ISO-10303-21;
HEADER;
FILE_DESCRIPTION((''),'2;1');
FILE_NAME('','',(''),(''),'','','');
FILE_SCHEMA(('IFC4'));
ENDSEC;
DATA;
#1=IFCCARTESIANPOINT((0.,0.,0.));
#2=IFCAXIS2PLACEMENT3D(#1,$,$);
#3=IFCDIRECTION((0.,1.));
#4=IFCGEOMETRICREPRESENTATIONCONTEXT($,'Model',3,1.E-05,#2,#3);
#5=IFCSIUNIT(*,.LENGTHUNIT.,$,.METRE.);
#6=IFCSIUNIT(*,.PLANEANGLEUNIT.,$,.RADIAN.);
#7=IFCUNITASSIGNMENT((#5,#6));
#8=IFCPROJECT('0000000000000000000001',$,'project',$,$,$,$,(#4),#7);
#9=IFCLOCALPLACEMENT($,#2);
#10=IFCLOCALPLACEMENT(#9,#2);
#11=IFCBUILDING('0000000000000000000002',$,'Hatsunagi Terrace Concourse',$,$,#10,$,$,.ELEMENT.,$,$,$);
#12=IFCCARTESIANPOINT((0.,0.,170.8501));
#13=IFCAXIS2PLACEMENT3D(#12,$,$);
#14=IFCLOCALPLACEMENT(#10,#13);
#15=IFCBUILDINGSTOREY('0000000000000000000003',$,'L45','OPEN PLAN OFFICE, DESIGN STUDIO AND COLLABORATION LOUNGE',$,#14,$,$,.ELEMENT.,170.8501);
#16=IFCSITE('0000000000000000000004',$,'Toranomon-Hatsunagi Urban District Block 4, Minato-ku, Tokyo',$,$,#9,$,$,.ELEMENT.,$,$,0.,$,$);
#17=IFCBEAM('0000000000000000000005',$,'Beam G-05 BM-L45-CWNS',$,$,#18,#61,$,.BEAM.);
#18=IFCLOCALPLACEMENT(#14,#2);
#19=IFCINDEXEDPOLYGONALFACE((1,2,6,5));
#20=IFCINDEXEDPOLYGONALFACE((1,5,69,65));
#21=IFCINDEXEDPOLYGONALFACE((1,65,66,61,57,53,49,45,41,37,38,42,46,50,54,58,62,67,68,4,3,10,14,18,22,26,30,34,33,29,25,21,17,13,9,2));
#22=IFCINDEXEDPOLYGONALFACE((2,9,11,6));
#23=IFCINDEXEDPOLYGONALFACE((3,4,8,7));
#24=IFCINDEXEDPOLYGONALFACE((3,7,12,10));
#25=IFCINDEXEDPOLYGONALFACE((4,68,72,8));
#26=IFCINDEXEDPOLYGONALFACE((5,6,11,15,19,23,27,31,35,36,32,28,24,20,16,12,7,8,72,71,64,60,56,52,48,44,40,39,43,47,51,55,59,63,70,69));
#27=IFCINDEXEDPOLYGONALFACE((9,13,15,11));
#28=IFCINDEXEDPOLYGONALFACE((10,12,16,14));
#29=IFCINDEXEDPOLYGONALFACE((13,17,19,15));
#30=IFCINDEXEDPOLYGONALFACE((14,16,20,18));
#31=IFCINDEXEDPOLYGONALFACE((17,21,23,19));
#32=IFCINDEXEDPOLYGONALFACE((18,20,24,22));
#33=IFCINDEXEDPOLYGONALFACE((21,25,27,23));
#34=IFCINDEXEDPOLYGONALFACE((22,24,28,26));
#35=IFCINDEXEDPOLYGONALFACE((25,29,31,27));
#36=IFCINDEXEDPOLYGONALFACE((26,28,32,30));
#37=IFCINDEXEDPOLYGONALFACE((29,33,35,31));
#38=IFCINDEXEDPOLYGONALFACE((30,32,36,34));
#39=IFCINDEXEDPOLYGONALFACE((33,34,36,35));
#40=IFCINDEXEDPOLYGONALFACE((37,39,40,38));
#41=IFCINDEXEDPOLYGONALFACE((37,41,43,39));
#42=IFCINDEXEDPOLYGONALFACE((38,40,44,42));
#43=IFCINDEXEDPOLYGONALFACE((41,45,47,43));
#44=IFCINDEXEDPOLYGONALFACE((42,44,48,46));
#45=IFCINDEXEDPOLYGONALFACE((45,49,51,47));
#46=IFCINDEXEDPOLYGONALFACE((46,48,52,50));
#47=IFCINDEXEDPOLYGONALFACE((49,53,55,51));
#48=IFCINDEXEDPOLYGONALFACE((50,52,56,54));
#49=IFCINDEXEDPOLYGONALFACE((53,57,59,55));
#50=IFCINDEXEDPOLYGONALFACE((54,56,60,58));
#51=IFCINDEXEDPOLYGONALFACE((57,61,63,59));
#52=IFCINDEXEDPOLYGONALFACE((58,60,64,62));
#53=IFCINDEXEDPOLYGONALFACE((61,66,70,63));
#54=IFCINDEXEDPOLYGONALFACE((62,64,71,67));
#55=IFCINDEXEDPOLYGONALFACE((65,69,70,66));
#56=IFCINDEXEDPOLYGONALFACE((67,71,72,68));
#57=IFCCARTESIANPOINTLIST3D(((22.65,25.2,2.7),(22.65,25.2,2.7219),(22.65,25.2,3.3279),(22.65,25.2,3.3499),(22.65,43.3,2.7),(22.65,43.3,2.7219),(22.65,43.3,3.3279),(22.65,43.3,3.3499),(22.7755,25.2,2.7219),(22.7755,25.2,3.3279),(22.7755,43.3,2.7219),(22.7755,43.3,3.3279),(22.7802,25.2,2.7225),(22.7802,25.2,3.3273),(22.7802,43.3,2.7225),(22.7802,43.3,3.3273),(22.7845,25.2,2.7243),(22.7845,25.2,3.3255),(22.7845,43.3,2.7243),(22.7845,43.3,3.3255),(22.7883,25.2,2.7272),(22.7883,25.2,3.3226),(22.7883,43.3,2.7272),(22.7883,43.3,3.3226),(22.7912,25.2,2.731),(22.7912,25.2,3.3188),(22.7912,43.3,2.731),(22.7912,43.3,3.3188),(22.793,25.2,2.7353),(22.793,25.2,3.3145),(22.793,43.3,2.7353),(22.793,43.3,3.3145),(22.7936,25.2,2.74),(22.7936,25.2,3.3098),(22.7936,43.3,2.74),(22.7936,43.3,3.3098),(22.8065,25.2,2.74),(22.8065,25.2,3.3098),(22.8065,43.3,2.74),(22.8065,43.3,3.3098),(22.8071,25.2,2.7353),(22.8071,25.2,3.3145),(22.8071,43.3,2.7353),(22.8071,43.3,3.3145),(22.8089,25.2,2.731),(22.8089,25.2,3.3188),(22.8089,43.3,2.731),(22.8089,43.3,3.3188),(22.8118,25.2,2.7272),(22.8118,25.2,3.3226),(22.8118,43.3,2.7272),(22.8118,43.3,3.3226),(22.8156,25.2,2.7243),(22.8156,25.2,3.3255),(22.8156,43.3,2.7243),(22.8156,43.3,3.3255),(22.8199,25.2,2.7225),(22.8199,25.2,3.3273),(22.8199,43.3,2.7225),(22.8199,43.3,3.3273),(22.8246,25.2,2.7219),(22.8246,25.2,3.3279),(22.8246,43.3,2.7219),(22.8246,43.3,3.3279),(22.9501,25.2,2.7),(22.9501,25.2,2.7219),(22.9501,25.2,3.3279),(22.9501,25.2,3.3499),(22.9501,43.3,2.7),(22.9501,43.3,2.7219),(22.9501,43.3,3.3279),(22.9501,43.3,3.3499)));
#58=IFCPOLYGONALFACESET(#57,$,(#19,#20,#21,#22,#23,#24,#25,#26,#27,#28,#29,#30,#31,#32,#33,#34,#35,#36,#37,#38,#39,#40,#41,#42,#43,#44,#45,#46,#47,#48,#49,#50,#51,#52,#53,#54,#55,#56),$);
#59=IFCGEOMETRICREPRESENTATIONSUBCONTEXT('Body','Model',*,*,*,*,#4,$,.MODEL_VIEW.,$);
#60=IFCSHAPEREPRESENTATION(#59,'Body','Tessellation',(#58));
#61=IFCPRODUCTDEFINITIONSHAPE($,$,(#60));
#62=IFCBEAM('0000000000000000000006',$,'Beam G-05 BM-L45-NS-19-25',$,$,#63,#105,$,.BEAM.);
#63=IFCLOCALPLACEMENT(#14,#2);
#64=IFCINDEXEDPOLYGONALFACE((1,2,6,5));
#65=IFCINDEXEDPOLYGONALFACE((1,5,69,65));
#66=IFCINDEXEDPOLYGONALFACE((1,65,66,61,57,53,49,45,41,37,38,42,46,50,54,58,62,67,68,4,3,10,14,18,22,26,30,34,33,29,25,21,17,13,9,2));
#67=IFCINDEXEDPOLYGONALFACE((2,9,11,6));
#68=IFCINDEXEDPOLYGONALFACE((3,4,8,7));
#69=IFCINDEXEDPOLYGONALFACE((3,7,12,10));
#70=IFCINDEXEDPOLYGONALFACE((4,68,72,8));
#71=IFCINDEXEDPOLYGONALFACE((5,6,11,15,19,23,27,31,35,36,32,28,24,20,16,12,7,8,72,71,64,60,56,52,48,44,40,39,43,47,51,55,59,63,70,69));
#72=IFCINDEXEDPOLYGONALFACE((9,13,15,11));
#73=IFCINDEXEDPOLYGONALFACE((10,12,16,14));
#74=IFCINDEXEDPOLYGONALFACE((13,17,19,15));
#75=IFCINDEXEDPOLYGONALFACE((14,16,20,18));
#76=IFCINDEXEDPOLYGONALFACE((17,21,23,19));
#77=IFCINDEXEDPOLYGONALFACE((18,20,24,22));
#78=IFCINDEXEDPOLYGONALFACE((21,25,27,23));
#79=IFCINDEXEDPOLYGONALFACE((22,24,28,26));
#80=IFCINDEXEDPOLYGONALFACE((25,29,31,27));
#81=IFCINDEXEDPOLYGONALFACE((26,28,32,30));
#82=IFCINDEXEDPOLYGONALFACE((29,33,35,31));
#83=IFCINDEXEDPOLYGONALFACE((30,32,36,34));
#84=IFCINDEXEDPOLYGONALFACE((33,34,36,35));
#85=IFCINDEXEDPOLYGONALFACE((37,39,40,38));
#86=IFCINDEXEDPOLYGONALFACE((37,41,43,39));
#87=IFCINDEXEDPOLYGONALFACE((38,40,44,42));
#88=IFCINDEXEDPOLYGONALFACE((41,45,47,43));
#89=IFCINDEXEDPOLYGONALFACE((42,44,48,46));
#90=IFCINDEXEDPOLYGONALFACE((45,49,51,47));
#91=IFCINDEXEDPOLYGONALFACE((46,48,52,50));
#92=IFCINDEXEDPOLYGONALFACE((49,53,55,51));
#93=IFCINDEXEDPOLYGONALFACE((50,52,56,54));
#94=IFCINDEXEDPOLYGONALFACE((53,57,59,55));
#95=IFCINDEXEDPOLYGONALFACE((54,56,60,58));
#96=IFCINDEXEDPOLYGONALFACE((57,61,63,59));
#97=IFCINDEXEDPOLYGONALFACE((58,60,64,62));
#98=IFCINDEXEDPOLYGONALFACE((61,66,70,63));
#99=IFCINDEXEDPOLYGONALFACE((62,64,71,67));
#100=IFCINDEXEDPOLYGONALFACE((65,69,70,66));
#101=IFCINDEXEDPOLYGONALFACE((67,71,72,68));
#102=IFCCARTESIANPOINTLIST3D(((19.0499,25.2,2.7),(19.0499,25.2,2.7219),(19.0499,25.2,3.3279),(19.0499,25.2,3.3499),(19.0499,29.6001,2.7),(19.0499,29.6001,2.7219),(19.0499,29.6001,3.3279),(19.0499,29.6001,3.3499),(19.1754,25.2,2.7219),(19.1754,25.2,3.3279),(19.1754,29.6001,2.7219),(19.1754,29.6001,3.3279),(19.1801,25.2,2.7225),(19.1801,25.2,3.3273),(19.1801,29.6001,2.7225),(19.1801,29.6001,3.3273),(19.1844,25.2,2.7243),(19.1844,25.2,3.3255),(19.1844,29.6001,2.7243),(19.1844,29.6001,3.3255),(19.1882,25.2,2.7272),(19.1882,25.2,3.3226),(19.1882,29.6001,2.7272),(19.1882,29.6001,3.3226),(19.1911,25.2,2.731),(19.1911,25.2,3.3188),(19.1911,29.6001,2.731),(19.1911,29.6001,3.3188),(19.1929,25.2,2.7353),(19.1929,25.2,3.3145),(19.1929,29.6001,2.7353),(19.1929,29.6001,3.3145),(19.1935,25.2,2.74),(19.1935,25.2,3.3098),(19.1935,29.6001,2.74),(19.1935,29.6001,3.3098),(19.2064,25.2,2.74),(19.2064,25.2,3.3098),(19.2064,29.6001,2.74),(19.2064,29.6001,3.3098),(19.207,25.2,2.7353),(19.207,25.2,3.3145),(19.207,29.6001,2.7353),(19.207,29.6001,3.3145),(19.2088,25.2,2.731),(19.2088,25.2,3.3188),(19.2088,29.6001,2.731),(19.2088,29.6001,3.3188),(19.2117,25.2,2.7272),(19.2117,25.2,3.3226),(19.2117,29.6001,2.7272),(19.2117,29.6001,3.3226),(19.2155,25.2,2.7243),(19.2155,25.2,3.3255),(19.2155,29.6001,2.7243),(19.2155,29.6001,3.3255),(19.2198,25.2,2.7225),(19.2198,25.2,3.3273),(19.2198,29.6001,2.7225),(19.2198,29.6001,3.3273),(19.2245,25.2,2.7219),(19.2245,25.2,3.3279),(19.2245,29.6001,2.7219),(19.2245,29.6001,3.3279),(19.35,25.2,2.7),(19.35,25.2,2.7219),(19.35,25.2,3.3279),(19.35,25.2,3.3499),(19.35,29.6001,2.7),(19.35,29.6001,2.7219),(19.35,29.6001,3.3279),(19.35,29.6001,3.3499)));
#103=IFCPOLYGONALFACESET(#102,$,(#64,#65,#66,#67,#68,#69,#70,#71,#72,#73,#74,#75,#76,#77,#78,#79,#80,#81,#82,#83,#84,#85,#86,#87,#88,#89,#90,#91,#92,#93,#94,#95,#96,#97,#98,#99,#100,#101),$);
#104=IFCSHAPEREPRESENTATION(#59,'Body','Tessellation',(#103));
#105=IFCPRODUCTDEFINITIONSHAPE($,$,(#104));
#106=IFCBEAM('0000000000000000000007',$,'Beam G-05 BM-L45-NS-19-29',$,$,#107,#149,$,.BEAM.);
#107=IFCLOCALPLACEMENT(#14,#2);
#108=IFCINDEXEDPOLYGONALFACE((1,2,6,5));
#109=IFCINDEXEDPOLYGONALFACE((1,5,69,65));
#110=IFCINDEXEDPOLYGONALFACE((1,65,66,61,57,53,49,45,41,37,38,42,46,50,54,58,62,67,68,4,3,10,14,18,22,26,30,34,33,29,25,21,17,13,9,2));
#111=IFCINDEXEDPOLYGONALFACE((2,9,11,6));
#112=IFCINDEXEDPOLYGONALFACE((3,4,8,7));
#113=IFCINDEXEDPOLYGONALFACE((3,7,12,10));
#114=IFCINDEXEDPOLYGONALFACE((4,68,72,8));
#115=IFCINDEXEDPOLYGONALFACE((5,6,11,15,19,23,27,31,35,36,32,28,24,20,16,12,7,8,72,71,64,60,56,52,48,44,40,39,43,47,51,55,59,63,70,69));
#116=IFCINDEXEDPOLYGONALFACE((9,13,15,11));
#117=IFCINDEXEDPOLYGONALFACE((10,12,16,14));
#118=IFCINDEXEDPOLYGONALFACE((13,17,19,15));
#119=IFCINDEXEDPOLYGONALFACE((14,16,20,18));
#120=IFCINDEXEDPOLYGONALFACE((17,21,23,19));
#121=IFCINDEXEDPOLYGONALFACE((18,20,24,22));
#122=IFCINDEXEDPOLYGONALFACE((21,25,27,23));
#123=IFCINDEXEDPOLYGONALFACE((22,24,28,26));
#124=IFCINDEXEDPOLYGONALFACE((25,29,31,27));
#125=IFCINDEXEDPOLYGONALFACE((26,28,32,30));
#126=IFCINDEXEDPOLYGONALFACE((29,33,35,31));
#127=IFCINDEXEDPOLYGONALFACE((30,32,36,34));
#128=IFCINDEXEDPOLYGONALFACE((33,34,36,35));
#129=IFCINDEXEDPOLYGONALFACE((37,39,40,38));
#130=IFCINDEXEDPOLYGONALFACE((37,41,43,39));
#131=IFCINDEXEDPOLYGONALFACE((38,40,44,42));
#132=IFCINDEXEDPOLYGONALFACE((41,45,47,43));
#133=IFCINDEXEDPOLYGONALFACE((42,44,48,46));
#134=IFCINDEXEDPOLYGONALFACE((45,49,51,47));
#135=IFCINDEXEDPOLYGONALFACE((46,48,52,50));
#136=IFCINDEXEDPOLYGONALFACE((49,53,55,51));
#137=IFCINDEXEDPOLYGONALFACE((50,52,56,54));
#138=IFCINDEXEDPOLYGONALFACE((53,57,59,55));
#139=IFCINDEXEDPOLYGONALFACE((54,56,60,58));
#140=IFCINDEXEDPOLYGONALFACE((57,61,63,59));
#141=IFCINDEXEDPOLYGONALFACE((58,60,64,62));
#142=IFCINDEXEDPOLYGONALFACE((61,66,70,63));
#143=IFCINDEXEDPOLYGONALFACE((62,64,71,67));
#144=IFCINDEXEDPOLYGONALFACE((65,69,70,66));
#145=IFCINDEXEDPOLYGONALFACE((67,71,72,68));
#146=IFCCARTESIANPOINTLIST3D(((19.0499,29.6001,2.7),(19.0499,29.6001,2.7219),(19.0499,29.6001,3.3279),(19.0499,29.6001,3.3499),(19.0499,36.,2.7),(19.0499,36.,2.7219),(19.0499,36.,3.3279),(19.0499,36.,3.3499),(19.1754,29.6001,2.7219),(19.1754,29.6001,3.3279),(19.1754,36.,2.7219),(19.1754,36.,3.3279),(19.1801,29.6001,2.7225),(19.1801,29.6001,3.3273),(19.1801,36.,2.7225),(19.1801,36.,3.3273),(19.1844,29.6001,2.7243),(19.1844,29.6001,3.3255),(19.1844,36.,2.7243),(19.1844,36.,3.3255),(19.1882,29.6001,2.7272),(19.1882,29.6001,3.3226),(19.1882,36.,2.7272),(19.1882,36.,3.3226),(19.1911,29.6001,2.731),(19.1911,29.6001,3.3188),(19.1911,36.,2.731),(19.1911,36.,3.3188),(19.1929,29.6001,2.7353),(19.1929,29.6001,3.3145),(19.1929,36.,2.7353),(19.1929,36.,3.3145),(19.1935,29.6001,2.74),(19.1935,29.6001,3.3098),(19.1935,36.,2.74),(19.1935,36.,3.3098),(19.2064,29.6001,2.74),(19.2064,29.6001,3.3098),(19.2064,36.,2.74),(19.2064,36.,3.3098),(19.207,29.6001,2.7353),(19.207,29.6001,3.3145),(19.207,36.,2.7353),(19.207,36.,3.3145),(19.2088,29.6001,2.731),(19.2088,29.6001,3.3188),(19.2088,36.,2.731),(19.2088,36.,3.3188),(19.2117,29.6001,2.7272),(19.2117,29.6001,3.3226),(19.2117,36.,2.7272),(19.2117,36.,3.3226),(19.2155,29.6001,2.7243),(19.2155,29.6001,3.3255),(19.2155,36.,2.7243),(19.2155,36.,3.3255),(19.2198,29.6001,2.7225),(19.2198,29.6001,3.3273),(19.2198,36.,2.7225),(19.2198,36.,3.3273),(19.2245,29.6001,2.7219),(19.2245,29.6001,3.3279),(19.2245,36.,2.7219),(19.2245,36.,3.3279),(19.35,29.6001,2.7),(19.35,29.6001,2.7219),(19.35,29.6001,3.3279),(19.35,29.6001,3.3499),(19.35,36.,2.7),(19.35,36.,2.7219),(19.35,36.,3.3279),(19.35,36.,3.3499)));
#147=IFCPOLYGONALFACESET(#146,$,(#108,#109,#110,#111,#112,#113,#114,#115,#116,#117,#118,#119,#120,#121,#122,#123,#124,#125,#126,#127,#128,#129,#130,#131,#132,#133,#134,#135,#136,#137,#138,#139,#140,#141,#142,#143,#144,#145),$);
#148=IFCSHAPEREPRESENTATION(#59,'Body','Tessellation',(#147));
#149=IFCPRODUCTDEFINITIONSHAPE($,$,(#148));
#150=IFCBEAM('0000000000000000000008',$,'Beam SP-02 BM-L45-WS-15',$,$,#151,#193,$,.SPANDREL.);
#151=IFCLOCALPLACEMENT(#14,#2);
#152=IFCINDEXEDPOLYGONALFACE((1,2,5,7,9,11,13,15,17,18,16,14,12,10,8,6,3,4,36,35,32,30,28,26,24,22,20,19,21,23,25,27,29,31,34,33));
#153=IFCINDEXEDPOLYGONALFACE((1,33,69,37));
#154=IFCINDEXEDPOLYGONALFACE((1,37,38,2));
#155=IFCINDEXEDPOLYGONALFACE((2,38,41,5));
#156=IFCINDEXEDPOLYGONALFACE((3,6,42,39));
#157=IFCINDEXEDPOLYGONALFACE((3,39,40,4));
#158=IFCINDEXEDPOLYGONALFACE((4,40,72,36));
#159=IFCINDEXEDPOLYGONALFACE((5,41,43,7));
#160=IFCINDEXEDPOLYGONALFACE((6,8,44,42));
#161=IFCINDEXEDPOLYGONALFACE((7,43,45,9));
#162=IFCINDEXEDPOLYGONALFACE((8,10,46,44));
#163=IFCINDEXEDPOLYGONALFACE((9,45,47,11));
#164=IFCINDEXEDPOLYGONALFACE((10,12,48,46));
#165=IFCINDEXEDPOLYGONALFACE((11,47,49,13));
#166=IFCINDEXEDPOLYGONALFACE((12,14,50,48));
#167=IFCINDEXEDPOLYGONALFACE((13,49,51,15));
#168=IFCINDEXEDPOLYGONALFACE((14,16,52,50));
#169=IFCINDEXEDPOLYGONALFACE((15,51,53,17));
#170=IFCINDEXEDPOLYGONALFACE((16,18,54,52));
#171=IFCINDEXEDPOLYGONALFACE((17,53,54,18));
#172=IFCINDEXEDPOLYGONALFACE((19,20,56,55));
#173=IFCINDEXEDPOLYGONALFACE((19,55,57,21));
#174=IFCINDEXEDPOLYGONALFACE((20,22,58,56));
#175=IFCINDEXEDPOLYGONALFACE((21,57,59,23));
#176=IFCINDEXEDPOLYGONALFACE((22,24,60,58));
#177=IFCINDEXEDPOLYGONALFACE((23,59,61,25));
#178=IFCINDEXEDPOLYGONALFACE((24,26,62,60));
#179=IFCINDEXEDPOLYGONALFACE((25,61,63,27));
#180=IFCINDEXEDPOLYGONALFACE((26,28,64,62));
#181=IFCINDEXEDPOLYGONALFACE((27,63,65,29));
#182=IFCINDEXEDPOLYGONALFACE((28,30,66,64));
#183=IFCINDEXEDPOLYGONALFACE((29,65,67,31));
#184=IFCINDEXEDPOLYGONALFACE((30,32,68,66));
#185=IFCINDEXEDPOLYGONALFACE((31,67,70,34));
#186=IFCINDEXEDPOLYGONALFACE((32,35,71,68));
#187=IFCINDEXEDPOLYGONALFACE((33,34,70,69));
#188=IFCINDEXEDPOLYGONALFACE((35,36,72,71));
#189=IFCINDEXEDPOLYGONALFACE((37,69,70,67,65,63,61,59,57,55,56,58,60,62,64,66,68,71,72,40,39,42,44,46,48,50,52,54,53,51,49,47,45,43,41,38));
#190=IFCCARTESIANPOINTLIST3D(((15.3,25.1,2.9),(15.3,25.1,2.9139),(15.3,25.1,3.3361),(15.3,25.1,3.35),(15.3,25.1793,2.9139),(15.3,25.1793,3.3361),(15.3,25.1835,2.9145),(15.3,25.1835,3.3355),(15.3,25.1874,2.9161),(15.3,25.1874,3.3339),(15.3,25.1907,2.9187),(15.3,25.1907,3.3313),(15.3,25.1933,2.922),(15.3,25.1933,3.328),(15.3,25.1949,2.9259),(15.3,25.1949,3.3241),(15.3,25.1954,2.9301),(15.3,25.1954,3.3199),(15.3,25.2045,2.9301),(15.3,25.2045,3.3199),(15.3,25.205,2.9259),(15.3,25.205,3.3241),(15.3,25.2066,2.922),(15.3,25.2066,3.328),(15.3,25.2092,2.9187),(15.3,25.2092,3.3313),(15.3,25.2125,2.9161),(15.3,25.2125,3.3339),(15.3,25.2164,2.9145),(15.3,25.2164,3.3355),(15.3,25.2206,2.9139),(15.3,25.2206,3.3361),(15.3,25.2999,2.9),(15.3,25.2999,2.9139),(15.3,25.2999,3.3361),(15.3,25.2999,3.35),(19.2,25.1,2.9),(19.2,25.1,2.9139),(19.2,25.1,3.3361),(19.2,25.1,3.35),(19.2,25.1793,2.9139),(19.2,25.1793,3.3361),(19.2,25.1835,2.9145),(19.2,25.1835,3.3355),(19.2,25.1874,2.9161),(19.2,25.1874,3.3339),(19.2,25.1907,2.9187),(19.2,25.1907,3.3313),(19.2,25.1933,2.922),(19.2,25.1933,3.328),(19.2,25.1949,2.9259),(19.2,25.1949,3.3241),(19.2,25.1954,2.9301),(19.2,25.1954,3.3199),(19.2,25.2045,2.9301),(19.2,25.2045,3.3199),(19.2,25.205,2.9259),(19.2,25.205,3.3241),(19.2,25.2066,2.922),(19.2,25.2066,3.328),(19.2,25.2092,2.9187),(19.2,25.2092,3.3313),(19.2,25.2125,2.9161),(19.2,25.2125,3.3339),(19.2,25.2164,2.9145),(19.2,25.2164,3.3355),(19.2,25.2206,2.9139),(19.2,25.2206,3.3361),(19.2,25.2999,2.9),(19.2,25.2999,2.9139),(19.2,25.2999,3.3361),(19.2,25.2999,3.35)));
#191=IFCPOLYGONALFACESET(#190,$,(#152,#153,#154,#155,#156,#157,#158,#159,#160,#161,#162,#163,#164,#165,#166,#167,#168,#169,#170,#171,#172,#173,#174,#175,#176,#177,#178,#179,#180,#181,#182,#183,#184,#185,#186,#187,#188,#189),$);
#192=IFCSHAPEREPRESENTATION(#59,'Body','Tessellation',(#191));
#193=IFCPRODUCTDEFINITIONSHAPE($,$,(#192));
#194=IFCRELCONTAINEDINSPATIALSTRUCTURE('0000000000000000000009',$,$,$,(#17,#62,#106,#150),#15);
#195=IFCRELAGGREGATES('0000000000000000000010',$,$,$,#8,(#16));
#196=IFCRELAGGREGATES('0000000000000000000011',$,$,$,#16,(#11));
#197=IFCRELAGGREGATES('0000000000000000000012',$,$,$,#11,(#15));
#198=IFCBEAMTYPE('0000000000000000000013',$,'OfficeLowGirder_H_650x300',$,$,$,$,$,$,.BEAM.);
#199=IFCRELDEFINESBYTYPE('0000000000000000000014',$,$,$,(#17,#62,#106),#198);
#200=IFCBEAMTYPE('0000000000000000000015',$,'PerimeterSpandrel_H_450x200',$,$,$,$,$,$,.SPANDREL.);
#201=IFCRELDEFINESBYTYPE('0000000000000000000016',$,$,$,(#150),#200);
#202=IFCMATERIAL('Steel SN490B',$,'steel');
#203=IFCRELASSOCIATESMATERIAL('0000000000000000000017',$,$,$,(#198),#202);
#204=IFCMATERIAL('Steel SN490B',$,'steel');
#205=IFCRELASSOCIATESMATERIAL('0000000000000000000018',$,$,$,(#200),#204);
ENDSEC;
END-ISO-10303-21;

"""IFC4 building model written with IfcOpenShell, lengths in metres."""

from ifc_helpers import new_model, si_unit, direction, frame, origin, origin_2d, place, context, subcontext, project, spatial, i_section, extrude, material, material_profile, profile_set, type_object, element, save


model = new_model("IFC4")

# Units and contexts
model_context = context("Model", 3, precision=1e-05, world=origin(), true_north=direction((0.0, 1.0)))
body_context = subcontext(model_context, "Body", "Model", "MODEL_VIEW")
ifc_project = project(units=[si_unit("LENGTHUNIT", "METRE"), si_unit("PLANEANGLEUNIT", "RADIAN")], contexts=[model_context])

# Site, building, storey
site_placement = place(None, origin())
site = spatial("IfcSite", under=ifc_project, at=site_placement, Name="Toranomon-Hatsunagi Urban District Block 4, Minato-ku, Tokyo", CompositionType="ELEMENT", RefElevation=0.0)
building_placement = place(site_placement, origin())
building = spatial("IfcBuilding", under=site, at=building_placement, Name="Hatsunagi Terrace Concourse", CompositionType="ELEMENT")
storey_placement = place(building_placement, frame((0.0, 0.0, 170.8501)))
storey = spatial("IfcBuildingStorey", under=building, at=storey_placement, Name="L45", Description="OPEN PLAN OFFICE, DESIGN STUDIO AND COLLABORATION LOUNGE", CompositionType="ELEMENT", Elevation=170.8501)

# Beams
ifc_material_1 = material(Name="Steel SN490B", Category="steel")
ifc_material_profile_1 = material_profile(ifc_material_1, i_section(OverallWidth=0.3, OverallDepth=0.6499, WebThickness=0.0129, FlangeThickness=0.022, FilletRadius=0.0181, at=origin_2d()), Name="H-650x300x13x22")
ifc_profile_set_1 = profile_set([ifc_material_profile_1], Name="Steel SN490B")
beam_type_1 = type_object("IfcBeamType", Name="OfficeLowGirder_H_650x300", PredefinedType="BEAM", material=ifc_profile_set_1)
beam_1_placement = place(storey_placement, frame((22.8, 25.2, 3.0249), z_axis=(0.0, 1.0, 0.0), x_axis=(-1.0, 0.0, 0.0)))
element("IfcBeam", 1, at=beam_1_placement, inside=storey, type_object=beam_type_1, Name="Beam G-05 BM-L45-CWNS", PredefinedType="BEAM", context=body_context, shape_type="SweptSolid", body=[
    extrude(i_section(OverallWidth=0.3, OverallDepth=0.6499, WebThickness=0.0129, FlangeThickness=0.022, FilletRadius=0.0181, at=origin_2d()), origin(), (0.0, 0.0, 1.0), 18.1001),
])
beam_2_placement = place(storey_placement, frame((19.2, 25.2, 3.0249), z_axis=(0.0, 1.0, 0.0), x_axis=(-1.0, 0.0, 0.0)))
element("IfcBeam", 2, at=beam_2_placement, inside=storey, type_object=beam_type_1, Name="Beam G-05 BM-L45-NS-19-25", PredefinedType="BEAM", context=body_context, shape_type="SweptSolid", body=[
    extrude(i_section(OverallWidth=0.3, OverallDepth=0.6499, WebThickness=0.0129, FlangeThickness=0.022, FilletRadius=0.0181, at=origin_2d()), origin(), (0.0, 0.0, 1.0), 4.4001),
])
beam_3_placement = place(storey_placement, frame((19.2, 29.6001, 3.0249), z_axis=(0.0, 1.0, 0.0), x_axis=(-1.0, 0.0, 0.0)))
element("IfcBeam", 3, at=beam_3_placement, inside=storey, type_object=beam_type_1, Name="Beam G-05 BM-L45-NS-19-29", PredefinedType="BEAM", context=body_context, shape_type="SweptSolid", body=[
    extrude(i_section(OverallWidth=0.3, OverallDepth=0.6499, WebThickness=0.0129, FlangeThickness=0.022, FilletRadius=0.0181, at=origin_2d()), origin(), (0.0, 0.0, 1.0), 6.3999),
])
ifc_material_2 = material(Name="Steel SN490B", Category="steel")
ifc_material_profile_2 = material_profile(ifc_material_2, i_section(OverallWidth=0.2, OverallDepth=0.45, WebThickness=0.009, FlangeThickness=0.0139, FilletRadius=0.0161, at=origin_2d()), Name="H-450x200x9x14")
ifc_profile_set_2 = profile_set([ifc_material_profile_2], Name="Steel SN490B")
beam_type_2 = type_object("IfcBeamType", Name="PerimeterSpandrel_H_450x200", PredefinedType="SPANDREL", material=ifc_profile_set_2)
beam_4_placement = place(storey_placement, frame((15.3, 25.2, 3.125), z_axis=(1.0, 0.0, 0.0), x_axis=(0.0, 1.0, 0.0)))
element("IfcBeam", 4, at=beam_4_placement, inside=storey, type_object=beam_type_2, Name="Beam SP-02 BM-L45-WS-15", PredefinedType="SPANDREL", context=body_context, shape_type="SweptSolid", body=[
    extrude(i_section(OverallWidth=0.2, OverallDepth=0.45, WebThickness=0.009, FlangeThickness=0.0139, FilletRadius=0.0161, at=origin_2d()), origin(), (0.0, 0.0, 1.0), 3.8999),
])

save(model, "model.ifc")
